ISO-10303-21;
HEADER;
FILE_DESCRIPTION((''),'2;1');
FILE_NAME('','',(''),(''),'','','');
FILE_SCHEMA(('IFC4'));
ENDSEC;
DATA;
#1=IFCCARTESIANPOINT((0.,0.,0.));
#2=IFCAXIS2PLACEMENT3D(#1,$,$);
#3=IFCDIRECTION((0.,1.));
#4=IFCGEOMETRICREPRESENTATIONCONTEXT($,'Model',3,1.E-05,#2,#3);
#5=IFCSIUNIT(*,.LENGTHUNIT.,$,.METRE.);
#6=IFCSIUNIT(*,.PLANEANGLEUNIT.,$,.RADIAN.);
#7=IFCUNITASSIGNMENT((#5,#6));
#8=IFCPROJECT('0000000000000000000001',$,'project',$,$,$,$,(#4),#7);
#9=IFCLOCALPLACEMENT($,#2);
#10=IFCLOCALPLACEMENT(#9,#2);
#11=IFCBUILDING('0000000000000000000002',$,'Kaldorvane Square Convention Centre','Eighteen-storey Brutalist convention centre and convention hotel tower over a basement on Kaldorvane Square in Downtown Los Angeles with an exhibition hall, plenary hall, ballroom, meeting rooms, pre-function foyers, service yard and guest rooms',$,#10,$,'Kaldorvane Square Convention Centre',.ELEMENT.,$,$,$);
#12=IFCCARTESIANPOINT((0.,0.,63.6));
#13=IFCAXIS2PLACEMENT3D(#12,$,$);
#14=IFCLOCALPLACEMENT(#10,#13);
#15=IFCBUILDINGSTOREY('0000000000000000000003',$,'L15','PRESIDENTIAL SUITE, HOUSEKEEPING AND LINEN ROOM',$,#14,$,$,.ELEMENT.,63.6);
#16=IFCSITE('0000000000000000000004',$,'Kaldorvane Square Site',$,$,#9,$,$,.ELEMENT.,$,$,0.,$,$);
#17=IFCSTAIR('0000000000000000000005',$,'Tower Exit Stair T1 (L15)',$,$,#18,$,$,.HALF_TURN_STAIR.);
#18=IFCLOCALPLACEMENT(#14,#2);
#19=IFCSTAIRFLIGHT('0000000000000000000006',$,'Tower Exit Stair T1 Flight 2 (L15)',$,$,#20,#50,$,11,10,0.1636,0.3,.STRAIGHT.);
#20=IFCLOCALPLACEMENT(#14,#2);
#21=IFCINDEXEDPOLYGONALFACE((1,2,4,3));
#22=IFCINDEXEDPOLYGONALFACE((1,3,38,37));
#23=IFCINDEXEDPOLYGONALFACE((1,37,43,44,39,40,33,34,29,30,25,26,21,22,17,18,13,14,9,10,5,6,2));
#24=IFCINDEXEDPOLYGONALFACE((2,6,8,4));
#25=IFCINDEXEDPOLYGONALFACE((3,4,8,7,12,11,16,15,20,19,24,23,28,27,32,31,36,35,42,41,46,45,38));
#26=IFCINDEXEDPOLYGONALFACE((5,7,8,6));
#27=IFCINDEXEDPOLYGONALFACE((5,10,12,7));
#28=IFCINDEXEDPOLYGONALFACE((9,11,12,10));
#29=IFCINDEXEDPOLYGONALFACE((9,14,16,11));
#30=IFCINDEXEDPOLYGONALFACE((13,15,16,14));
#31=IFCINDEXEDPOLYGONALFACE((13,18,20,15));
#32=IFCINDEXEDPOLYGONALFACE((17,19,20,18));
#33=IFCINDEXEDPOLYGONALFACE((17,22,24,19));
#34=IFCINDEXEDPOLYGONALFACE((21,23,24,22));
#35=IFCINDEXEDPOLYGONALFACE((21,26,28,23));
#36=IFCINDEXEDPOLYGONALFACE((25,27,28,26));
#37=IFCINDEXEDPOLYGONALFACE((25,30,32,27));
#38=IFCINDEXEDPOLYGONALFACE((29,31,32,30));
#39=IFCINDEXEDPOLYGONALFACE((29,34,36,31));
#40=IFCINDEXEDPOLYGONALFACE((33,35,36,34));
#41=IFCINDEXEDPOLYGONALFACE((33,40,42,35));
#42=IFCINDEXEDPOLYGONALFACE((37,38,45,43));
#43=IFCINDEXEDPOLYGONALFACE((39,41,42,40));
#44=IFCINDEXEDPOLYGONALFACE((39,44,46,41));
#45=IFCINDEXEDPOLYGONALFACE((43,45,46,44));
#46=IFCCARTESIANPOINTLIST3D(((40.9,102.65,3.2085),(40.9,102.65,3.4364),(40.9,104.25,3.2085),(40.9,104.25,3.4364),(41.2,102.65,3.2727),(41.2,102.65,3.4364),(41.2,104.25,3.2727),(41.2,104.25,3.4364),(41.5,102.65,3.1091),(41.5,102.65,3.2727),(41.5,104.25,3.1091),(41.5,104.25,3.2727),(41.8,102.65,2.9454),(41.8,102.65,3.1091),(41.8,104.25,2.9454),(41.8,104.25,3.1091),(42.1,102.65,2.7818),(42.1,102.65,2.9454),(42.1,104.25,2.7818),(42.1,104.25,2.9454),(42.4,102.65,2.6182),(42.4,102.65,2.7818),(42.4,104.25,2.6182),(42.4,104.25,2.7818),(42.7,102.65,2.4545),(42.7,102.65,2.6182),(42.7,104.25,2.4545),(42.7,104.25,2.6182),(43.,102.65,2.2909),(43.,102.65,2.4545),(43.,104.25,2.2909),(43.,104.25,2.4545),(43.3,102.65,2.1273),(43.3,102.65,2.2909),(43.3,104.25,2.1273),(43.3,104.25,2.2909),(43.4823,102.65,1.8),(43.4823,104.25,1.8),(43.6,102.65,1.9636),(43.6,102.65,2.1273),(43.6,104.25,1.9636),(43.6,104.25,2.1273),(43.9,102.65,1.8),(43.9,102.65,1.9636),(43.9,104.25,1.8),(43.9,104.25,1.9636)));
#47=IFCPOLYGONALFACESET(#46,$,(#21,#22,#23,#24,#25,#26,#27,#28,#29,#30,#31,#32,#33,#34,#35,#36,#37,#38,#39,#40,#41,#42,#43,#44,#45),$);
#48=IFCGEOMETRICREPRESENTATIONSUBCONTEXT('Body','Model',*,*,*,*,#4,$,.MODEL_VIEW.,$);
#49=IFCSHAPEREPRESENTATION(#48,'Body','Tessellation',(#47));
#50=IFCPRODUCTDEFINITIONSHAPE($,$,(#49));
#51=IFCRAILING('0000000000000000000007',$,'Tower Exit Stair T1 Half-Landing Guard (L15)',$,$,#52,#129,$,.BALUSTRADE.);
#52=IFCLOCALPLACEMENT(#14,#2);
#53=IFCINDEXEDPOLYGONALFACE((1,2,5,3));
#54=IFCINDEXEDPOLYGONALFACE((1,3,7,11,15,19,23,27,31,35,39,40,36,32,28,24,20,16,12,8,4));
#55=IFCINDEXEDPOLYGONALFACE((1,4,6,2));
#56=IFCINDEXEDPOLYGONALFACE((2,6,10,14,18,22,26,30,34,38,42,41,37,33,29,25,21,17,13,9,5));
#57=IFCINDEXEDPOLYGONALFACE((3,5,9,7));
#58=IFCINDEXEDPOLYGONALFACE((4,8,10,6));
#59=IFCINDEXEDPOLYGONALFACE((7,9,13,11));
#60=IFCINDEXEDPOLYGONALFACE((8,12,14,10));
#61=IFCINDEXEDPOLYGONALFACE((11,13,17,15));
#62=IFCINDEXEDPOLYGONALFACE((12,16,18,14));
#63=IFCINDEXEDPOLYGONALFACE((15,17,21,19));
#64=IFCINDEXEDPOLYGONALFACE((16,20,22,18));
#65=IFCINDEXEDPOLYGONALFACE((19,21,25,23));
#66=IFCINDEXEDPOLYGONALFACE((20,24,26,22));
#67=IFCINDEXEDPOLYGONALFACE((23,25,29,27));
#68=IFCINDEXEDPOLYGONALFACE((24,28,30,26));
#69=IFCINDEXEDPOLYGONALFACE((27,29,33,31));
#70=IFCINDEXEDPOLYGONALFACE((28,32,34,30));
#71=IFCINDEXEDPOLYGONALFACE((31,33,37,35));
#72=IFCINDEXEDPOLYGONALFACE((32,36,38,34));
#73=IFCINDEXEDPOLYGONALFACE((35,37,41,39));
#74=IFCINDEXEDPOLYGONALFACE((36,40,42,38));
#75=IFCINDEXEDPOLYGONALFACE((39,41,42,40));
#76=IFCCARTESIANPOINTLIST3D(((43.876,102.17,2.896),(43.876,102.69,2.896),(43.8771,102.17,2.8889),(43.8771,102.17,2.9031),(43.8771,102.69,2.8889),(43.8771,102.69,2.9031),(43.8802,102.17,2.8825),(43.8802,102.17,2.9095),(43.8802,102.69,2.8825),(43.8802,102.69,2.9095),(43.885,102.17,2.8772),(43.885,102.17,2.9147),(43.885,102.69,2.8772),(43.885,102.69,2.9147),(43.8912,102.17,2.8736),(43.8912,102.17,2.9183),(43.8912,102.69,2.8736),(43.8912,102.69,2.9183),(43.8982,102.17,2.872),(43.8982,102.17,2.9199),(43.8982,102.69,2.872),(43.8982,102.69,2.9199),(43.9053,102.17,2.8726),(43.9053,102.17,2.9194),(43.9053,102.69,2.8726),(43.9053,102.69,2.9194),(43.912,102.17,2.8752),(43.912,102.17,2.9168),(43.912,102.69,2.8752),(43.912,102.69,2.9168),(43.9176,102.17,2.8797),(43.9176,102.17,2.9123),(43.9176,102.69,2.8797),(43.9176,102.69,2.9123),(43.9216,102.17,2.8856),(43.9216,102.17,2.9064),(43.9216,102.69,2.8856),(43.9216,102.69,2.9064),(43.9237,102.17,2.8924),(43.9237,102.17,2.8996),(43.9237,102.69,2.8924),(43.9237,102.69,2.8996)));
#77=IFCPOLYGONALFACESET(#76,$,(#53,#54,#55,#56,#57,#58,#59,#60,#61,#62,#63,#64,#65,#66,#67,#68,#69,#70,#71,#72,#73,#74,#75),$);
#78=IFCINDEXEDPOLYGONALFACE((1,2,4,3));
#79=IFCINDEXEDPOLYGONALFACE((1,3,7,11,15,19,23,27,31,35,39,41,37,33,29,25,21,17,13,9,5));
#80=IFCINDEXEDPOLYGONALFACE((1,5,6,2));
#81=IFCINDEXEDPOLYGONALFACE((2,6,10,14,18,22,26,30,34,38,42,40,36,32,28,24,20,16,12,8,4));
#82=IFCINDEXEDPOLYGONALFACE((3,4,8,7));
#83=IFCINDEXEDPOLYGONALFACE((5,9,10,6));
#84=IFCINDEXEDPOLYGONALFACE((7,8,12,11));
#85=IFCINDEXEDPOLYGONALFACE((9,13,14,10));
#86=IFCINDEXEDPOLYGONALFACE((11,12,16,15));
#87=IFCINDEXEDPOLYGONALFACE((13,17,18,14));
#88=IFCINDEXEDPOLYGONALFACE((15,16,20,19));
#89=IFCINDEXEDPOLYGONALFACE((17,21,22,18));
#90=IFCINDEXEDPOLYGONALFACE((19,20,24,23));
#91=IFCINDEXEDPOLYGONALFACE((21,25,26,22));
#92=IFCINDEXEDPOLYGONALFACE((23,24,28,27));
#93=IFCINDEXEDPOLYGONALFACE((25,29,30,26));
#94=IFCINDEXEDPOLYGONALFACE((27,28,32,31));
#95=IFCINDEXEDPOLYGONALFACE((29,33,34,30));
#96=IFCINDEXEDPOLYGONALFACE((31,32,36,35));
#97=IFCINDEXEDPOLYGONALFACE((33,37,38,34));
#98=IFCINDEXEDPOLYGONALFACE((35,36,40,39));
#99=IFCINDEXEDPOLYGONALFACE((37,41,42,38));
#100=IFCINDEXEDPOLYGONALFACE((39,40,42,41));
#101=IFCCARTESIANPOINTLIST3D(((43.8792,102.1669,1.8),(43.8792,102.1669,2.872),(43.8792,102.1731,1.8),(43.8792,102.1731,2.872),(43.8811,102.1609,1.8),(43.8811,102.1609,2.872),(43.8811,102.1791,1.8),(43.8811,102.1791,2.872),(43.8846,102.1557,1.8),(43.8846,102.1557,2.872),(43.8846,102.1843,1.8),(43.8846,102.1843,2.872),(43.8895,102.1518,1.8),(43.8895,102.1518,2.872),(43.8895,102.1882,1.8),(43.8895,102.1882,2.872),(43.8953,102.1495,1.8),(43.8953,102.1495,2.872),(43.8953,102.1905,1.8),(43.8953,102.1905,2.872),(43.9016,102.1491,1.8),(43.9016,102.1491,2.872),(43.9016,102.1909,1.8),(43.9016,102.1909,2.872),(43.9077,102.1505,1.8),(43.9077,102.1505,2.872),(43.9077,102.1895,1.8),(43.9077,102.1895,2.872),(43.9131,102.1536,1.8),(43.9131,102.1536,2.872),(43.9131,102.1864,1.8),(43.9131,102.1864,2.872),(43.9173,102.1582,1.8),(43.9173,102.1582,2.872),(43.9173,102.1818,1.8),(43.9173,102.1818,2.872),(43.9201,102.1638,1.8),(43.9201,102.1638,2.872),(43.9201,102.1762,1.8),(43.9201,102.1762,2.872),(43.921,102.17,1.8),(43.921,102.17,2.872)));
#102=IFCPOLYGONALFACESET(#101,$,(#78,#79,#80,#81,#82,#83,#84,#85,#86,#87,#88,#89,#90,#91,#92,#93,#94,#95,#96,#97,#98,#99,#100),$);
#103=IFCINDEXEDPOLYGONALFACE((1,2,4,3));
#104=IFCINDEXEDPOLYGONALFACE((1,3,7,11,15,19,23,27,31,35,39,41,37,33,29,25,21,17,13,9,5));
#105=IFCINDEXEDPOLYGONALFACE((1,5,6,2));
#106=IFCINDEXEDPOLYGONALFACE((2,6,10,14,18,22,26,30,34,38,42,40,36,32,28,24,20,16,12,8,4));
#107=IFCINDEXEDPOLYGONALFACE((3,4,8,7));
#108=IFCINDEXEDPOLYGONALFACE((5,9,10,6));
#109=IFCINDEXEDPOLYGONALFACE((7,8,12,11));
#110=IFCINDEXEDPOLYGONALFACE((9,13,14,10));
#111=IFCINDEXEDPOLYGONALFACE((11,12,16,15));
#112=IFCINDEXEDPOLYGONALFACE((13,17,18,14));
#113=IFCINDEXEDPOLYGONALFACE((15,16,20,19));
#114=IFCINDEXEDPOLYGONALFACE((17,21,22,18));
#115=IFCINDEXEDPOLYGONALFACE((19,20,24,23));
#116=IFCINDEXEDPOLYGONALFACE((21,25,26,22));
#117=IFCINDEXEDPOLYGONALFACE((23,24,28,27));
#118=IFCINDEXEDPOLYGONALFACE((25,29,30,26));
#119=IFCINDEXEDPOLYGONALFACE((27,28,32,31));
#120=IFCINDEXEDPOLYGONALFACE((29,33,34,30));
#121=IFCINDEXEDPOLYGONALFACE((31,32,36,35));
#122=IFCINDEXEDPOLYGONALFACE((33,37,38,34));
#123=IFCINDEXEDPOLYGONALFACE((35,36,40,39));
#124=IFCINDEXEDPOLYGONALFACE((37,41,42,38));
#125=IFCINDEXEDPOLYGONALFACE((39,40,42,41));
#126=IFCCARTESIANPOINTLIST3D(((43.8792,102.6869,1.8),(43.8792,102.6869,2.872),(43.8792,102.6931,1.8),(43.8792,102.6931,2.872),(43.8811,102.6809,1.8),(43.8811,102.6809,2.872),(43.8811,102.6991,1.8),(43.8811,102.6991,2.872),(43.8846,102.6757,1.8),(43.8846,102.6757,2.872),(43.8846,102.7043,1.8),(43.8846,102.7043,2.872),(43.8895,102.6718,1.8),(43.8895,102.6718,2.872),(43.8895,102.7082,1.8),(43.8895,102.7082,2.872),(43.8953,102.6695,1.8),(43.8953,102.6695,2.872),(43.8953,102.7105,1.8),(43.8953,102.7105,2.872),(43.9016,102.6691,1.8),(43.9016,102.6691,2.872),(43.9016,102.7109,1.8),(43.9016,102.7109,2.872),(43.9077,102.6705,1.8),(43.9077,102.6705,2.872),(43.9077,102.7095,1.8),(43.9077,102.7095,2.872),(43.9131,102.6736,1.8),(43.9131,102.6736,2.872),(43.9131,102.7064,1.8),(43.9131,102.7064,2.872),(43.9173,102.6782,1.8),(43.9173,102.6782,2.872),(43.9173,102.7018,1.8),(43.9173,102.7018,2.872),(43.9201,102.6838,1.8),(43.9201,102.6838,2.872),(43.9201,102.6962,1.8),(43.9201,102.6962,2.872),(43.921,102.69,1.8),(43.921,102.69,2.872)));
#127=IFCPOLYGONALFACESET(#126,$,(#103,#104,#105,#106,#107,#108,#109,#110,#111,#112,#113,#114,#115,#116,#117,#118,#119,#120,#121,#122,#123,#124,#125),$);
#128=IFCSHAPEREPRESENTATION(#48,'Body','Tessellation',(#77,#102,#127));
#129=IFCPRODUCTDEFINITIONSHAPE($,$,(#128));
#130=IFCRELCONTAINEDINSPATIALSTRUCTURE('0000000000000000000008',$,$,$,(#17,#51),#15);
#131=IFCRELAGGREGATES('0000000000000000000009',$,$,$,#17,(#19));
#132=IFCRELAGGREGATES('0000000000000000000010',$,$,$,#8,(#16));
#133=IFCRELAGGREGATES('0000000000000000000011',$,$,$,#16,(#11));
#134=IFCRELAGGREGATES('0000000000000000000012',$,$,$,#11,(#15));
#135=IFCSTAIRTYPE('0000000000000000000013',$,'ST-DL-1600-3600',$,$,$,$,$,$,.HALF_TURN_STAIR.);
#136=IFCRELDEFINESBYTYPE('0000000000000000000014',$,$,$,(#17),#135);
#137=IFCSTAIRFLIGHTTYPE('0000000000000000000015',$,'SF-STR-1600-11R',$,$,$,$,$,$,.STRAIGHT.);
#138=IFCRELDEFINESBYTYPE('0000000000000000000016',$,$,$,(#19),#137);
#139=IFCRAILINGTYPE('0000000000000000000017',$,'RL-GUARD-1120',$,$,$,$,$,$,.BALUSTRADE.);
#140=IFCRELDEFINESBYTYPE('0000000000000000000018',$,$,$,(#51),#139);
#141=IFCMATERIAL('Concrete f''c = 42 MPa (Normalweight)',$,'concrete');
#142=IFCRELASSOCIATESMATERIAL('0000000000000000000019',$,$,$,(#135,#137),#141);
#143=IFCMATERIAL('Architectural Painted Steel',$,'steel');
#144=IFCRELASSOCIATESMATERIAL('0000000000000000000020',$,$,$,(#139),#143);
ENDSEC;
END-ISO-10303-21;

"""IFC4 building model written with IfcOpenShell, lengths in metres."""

from ifc_helpers import new_model, si_unit, direction, frame, origin, origin_2d, place, context, subcontext, project, spatial, polyline, circle, outline, extrude, material, type_object, element, aggregate, save


model = new_model("IFC4")

# Units and contexts
model_context = context("Model", 3, precision=1e-05, world=origin(), true_north=direction((0.0, 1.0)))
body_context = subcontext(model_context, "Body", "Model", "MODEL_VIEW")
ifc_project = project(units=[si_unit("LENGTHUNIT", "METRE"), si_unit("PLANEANGLEUNIT", "RADIAN")], contexts=[model_context])

# Site, building, storey
site_placement = place(None, origin())
site = spatial("IfcSite", under=ifc_project, at=site_placement, Name="Kaldorvane Square Site", CompositionType="ELEMENT", RefElevation=0.0)
building_placement = place(site_placement, origin())
building = spatial("IfcBuilding", under=site, at=building_placement, Name="Kaldorvane Square Convention Centre", Description="Eighteen-storey Brutalist convention centre and convention hotel tower over a basement on Kaldorvane Square in Downtown Los Angeles with an exhibition hall, plenary hall, ballroom, meeting rooms, pre-function foyers, service yard and guest rooms", LongName="Kaldorvane Square Convention Centre", CompositionType="ELEMENT")
storey_placement = place(building_placement, frame((0.0, 0.0, 63.6)))
storey = spatial("IfcBuildingStorey", under=building, at=storey_placement, Name="L15", Description="PRESIDENTIAL SUITE, HOUSEKEEPING AND LINEN ROOM", CompositionType="ELEMENT", Elevation=63.6)

# Shared definitions
ifc_material_1 = material(Name="Concrete f'c = 42 MPa (Normalweight)", Category="concrete")

# Stair, stair flight
stair_type = type_object("IfcStairType", Name="ST-DL-1600-3600", PredefinedType="HALF_TURN_STAIR", material=ifc_material_1)
stair_placement = place(storey_placement, origin())
stair = element("IfcStair", 1, at=stair_placement, inside=storey, type_object=stair_type, Name="Tower Exit Stair T1 (L15)", PredefinedType="HALF_TURN_STAIR")
stair_flight_type = type_object("IfcStairFlightType", Name="SF-STR-1600-11R", PredefinedType="STRAIGHT", material=ifc_material_1)
stair_flight_placement = place(storey_placement, frame((43.9, 103.45, 1.8), z_axis=(0.0, 0.0, 1.0), x_axis=(-1.0, 0.0, 0.0)))
stair_flight = element("IfcStairFlight", 2, at=stair_flight_placement, type_object=stair_flight_type, Name="Tower Exit Stair T1 Flight 2 (L15)", NumberOfRisers=11, NumberOfTreads=10, PredefinedType="STRAIGHT", RiserHeight=0.1636, TreadLength=0.3, context=body_context, shape_type="SweptSolid", body=[
    extrude(outline(polyline([(0.0, 0.0), (0.0, 0.1636), (0.3, 0.1636), (0.3, 0.3273), (0.6, 0.3273), (0.6, 0.4909), (0.9, 0.4909), (0.9, 0.6545), (1.2, 0.6545), (1.2, 0.8182), (1.5, 0.8182), (1.5, 0.9818), (1.8, 0.9818), (1.8, 1.1455), (2.1, 1.1455), (2.1, 1.3091), (2.4, 1.3091), (2.4, 1.4727), (2.7, 1.4727), (2.7, 1.6364), (3.0, 1.6364), (3.0, 1.8), (3.0, 1.4086), (0.4177, 0.0), (0.0, 0.0)])), frame((0.0, 0.8, 0.0), z_axis=(0.0, -1.0, 0.0), x_axis=(1.0, 0.0, 0.0)), (0.0, 0.0, 1.0), 1.6),
])
aggregate(stair, [stair_flight])

# Railing
ifc_material_2 = material(Name="Architectural Painted Steel", Category="steel")
railing_type_1 = type_object("IfcRailingType", Name="RL-GUARD-1120", PredefinedType="BALUSTRADE", material=ifc_material_2)
railing_1_placement = place(storey_placement, frame((43.9, 102.17, 1.8)))
element("IfcRailing", 3, at=railing_1_placement, inside=storey, type_object=railing_type_1, Name="Tower Exit Stair T1 Half-Landing Guard (L15)", PredefinedType="BALUSTRADE", context=body_context, shape_type="SweptSolid", body=[
    extrude(circle(Radius=0.024, at=origin_2d()), frame((0.0, 0.0, 1.096), z_axis=(0.0, 1.0, 0.0), x_axis=(-1.0, 0.0, 0.0)), (0.0, 0.0, 1.0), 0.52),
    extrude(circle(Radius=0.021, at=origin_2d()), origin(), (0.0, 0.0, 1.0), 1.072),
    extrude(circle(Radius=0.021, at=origin_2d()), frame((0.0, 0.52, 0.0)), (0.0, 0.0, 1.0), 1.072),
])

save(model, "model.ifc")
